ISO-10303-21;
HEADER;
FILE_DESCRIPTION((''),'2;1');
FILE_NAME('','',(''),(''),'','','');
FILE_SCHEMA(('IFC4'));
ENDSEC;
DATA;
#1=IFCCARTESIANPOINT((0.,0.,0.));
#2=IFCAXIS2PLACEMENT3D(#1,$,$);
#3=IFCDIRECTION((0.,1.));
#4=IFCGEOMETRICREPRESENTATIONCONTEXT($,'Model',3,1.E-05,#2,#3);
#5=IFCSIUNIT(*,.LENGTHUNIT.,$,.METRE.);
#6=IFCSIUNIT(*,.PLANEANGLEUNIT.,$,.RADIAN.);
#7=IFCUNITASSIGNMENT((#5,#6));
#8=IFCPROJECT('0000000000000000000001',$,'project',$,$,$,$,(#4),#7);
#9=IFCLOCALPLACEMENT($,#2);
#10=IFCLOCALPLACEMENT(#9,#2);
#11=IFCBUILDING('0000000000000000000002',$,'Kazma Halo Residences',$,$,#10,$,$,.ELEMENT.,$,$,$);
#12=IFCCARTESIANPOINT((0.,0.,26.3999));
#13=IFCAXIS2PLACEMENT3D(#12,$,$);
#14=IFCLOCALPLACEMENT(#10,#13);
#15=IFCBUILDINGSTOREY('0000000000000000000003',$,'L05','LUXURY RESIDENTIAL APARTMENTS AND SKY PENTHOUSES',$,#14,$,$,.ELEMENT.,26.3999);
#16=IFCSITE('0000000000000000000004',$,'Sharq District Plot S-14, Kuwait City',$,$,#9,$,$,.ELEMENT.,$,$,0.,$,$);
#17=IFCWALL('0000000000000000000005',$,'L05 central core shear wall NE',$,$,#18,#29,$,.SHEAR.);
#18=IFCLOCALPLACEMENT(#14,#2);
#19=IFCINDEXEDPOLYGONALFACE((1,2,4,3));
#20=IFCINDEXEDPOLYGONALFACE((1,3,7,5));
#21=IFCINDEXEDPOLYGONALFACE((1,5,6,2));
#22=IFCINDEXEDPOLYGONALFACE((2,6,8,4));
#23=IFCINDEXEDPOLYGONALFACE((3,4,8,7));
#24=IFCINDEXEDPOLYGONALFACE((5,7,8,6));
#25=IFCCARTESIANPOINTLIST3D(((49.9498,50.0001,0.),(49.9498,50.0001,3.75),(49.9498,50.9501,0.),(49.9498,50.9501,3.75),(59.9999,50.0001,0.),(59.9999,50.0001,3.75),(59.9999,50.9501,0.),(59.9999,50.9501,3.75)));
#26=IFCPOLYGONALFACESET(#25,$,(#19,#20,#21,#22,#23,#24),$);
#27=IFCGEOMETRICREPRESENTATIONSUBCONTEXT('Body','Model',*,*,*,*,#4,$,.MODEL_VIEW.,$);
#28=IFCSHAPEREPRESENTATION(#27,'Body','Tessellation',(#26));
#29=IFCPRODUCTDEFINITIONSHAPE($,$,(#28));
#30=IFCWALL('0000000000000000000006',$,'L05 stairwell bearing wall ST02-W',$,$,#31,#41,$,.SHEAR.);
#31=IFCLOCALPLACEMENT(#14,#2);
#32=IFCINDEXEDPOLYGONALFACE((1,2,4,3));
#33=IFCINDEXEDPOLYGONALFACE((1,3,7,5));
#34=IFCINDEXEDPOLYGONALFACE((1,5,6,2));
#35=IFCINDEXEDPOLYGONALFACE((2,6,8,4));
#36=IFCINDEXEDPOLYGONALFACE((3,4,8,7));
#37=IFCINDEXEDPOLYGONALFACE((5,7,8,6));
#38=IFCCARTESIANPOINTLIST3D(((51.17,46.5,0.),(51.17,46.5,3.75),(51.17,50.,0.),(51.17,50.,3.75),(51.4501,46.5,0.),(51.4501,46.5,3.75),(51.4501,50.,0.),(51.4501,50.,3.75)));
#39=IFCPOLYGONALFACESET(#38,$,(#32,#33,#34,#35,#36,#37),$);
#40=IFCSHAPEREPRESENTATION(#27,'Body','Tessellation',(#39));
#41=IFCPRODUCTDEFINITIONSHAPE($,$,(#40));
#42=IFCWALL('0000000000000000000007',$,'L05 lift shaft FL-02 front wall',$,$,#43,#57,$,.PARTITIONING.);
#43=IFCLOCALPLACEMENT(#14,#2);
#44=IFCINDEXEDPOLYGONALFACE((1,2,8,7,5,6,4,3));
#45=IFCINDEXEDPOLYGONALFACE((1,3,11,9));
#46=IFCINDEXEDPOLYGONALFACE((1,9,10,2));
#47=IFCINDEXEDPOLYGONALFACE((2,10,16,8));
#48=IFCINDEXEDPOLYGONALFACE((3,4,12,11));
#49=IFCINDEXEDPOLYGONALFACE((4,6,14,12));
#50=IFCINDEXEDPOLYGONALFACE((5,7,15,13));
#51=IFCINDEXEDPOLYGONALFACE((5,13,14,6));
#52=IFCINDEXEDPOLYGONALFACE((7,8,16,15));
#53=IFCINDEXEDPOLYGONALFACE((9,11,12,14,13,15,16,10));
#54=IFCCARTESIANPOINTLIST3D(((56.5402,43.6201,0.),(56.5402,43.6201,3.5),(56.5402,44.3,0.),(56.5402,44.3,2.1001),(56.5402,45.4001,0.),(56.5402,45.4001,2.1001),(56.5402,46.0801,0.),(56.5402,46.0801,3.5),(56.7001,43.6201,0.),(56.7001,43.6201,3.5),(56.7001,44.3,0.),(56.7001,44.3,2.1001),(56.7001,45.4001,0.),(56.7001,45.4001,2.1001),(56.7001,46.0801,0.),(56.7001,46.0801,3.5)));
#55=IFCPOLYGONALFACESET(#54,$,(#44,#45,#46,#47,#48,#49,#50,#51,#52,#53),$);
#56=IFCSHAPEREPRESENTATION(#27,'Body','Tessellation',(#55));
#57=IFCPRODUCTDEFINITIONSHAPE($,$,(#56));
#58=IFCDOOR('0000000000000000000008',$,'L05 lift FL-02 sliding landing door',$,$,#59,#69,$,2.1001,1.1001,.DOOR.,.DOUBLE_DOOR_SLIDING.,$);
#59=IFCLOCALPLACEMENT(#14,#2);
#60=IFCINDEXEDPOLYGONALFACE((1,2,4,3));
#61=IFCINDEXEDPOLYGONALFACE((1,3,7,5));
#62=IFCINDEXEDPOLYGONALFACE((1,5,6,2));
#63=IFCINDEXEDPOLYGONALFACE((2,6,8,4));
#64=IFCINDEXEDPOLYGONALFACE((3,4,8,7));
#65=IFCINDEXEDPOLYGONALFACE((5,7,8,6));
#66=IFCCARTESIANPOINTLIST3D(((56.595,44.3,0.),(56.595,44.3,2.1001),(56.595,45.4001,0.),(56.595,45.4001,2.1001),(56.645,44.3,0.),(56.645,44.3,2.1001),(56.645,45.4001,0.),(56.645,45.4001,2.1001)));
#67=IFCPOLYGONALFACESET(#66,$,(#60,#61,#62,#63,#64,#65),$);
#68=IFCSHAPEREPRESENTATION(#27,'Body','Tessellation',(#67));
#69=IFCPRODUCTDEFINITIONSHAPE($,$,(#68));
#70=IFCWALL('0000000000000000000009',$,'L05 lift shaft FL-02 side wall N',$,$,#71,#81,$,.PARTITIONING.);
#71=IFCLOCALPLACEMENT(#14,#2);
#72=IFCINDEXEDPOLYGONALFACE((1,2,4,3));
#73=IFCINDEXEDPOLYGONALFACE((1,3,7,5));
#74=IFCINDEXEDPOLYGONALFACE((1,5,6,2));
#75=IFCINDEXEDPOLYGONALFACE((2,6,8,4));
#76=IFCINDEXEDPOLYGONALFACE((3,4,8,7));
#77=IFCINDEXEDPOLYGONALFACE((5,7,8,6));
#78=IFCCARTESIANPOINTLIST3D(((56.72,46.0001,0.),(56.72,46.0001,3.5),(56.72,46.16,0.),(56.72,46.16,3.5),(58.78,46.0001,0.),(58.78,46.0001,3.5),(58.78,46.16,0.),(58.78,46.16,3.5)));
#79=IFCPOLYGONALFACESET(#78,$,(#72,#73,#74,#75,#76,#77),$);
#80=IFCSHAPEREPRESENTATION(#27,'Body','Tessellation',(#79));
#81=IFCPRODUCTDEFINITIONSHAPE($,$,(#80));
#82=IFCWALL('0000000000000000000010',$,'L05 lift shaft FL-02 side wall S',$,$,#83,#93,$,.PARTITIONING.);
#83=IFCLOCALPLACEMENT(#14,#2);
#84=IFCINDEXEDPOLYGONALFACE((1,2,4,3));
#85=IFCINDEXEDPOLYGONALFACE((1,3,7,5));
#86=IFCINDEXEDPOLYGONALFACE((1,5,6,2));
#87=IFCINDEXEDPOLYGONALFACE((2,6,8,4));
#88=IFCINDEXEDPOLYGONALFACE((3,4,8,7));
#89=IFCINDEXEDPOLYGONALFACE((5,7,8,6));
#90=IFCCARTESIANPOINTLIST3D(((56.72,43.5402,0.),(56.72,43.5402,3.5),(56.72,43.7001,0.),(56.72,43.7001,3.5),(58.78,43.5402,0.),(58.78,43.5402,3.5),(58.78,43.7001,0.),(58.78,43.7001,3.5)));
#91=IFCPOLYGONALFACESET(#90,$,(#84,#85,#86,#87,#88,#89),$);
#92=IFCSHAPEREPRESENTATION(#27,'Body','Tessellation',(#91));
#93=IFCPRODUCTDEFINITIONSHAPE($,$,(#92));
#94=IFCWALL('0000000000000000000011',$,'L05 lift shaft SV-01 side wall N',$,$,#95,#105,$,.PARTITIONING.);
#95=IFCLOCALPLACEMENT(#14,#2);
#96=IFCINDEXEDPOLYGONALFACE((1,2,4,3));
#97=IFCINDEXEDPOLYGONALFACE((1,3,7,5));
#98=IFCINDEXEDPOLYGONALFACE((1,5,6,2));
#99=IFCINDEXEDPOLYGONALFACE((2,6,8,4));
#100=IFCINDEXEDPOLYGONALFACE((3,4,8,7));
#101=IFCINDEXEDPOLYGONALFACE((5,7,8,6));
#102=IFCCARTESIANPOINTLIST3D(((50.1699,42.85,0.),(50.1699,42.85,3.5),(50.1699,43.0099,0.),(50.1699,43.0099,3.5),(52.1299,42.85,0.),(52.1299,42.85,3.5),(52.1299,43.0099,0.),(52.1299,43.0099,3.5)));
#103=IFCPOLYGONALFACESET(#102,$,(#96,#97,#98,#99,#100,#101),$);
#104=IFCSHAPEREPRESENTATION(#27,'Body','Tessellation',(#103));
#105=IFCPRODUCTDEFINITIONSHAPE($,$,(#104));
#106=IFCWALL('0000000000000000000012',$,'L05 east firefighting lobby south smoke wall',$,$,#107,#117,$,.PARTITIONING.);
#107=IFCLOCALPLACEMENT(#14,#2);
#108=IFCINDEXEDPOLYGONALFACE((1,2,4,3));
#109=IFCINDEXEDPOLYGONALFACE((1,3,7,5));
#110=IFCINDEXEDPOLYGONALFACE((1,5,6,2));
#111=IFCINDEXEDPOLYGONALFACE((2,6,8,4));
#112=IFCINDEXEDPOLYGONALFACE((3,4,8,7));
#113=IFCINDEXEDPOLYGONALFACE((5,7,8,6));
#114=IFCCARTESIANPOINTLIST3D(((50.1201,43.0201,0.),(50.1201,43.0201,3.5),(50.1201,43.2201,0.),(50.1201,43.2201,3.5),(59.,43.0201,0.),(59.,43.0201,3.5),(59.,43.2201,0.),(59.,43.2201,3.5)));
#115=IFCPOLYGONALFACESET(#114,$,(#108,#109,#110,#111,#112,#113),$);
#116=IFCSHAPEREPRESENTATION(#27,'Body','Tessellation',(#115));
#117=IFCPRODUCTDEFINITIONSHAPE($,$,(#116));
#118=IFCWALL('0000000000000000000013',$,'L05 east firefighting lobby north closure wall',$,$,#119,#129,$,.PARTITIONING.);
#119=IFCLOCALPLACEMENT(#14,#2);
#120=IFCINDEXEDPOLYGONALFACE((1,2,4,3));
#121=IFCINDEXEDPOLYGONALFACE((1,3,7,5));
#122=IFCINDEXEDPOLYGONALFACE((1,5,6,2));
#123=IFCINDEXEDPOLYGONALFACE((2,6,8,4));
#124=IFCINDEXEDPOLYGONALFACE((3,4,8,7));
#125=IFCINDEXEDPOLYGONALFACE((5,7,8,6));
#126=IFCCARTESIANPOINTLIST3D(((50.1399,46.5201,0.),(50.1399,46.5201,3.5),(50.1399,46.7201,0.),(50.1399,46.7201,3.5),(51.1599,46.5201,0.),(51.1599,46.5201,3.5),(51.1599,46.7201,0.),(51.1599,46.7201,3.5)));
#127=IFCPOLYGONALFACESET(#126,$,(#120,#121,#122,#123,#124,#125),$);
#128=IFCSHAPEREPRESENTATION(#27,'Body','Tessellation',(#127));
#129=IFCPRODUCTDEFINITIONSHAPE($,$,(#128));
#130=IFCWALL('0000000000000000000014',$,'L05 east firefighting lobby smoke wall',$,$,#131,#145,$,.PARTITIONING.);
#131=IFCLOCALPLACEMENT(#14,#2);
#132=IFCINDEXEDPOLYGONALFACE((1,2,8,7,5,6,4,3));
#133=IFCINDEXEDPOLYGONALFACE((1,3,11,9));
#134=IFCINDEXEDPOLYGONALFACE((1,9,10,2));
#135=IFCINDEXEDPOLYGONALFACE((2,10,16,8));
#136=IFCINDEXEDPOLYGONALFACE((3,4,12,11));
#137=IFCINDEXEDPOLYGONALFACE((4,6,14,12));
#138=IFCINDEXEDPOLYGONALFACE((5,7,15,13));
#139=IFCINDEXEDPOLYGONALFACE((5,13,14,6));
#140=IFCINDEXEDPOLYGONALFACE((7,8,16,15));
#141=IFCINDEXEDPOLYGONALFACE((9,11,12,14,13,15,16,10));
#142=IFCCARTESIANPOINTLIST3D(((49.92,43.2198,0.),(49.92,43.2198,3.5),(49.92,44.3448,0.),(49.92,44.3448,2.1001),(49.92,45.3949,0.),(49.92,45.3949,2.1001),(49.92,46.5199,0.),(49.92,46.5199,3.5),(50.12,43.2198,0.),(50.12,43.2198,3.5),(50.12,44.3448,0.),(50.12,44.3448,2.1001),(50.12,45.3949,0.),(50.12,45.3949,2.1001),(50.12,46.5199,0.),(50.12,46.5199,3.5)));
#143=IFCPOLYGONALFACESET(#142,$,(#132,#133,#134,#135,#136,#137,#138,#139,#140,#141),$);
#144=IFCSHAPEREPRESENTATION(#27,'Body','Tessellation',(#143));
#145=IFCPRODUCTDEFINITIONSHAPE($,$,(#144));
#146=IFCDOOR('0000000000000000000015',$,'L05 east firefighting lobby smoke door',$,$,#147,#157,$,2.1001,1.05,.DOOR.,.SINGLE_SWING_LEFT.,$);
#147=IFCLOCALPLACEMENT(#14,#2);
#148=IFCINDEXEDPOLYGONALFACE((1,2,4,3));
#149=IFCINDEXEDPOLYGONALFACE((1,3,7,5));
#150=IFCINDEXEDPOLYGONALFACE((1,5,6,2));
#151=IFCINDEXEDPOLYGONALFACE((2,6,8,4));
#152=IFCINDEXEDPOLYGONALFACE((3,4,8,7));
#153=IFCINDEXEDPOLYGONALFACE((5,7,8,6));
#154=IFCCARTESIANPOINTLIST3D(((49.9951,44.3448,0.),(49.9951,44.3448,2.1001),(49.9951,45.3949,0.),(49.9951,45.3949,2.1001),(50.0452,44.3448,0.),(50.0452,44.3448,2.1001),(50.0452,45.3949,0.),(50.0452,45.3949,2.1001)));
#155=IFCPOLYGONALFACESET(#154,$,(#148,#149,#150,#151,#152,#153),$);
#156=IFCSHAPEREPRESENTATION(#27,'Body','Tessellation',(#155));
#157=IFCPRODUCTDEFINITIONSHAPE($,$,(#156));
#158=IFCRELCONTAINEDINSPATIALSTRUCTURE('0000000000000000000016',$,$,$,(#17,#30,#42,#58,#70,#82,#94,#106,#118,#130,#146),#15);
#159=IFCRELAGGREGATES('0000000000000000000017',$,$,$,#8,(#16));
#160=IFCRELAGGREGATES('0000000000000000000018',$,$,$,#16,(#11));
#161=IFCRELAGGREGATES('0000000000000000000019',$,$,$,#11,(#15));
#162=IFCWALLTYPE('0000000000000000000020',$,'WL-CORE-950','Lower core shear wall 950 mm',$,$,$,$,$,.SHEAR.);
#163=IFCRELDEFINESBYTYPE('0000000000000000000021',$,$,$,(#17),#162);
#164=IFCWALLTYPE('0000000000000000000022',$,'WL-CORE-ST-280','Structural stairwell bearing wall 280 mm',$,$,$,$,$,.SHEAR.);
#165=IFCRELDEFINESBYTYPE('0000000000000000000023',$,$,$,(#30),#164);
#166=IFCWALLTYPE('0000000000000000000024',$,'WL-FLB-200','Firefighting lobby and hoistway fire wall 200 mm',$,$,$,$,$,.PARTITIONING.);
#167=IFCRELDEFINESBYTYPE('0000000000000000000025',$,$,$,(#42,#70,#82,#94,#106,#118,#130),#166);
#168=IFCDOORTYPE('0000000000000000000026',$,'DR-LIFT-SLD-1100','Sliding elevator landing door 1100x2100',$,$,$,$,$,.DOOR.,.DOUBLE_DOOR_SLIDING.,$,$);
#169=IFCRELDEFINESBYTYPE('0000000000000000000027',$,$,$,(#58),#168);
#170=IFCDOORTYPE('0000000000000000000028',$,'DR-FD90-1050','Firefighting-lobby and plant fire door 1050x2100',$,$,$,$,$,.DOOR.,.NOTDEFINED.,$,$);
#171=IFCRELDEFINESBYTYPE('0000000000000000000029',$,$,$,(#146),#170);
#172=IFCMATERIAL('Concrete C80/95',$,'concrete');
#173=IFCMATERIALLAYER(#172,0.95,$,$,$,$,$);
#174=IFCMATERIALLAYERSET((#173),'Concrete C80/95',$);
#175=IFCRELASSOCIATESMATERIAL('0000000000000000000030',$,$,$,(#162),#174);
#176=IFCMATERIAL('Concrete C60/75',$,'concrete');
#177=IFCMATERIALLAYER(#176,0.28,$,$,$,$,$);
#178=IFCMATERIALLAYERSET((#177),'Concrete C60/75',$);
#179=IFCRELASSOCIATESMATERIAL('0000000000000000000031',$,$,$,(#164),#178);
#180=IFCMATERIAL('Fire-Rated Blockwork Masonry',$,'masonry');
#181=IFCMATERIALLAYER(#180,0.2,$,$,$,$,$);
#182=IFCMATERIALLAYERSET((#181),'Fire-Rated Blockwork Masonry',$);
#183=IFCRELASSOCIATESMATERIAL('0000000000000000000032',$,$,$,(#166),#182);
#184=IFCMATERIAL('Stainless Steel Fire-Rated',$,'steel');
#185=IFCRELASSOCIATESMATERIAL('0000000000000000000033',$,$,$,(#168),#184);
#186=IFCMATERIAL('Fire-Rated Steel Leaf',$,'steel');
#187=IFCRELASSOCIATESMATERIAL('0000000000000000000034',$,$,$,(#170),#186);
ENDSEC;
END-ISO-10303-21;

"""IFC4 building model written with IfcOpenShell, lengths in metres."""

from ifc_helpers import new_model, si_unit, direction, frame, frame_2d, origin, place, context, subcontext, project, spatial, rectangle, extrude, material, layer, layer_set, type_object, element, fill, save


model = new_model("IFC4")

# Units and contexts
model_context = context("Model", 3, precision=1e-05, world=origin(), true_north=direction((0.0, 1.0)))
body_context = subcontext(model_context, "Body", "Model", "MODEL_VIEW")
ifc_project = project(units=[si_unit("LENGTHUNIT", "METRE"), si_unit("PLANEANGLEUNIT", "RADIAN")], contexts=[model_context])

# Site, building, storey
site_placement = place(None, origin())
site = spatial("IfcSite", under=ifc_project, at=site_placement, Name="Sharq District Plot S-14, Kuwait City", CompositionType="ELEMENT", RefElevation=0.0)
building_placement = place(site_placement, origin())
building = spatial("IfcBuilding", under=site, at=building_placement, Name="Kazma Halo Residences", CompositionType="ELEMENT")
storey_placement = place(building_placement, frame((0.0, 0.0, 26.3999)))
storey = spatial("IfcBuildingStorey", under=building, at=storey_placement, Name="L05", Description="LUXURY RESIDENTIAL APARTMENTS AND SKY PENTHOUSES", CompositionType="ELEMENT", Elevation=26.3999)

# Walls
ifc_material_1 = material(Name="Concrete C80/95", Category="concrete")
ifc_layer_1 = layer(ifc_material_1, 0.95)
ifc_layer_set_1 = layer_set([ifc_layer_1], Name="Concrete C80/95")
wall_type_1 = type_object("IfcWallType", Name="WL-CORE-950", Description="Lower core shear wall 950 mm", PredefinedType="SHEAR", material=ifc_layer_set_1)
wall_1_placement = place(storey_placement, frame((49.95, 50.4751, 0.0), z_axis=(0.0, 0.0, 1.0), x_axis=(1.0, 0.0, 0.0)))
element("IfcWall", 1, at=wall_1_placement, inside=storey, type_object=wall_type_1, Name="L05 central core shear wall NE", PredefinedType="SHEAR", context=body_context, shape_type="SweptSolid", body=[
    extrude(rectangle(XDim=10.05, YDim=0.95, at=frame_2d((5.0249, 0.0))), origin(), (0.0, 0.0, 1.0), 3.75),
])
ifc_material_2 = material(Name="Concrete C60/75", Category="concrete")
ifc_layer_2 = layer(ifc_material_2, 0.28)
ifc_layer_set_2 = layer_set([ifc_layer_2], Name="Concrete C60/75")
wall_type_2 = type_object("IfcWallType", Name="WL-CORE-ST-280", Description="Structural stairwell bearing wall 280 mm", PredefinedType="SHEAR", material=ifc_layer_set_2)
wall_2_placement = place(storey_placement, frame((51.3101, 46.5, 0.0), z_axis=(0.0, 0.0, 1.0), x_axis=(0.0, 1.0, 0.0)))
element("IfcWall", 2, at=wall_2_placement, inside=storey, type_object=wall_type_2, Name="L05 stairwell bearing wall ST02-W", PredefinedType="SHEAR", context=body_context, shape_type="SweptSolid", body=[
    extrude(rectangle(XDim=3.5, YDim=0.28, at=frame_2d((1.75, 0.0))), origin(), (0.0, 0.0, 1.0), 3.75),
])

# Wall, opening, door
ifc_material_3 = material(Name="Fire-Rated Blockwork Masonry", Category="masonry")
ifc_layer_3 = layer(ifc_material_3, 0.2)
ifc_layer_set_3 = layer_set([ifc_layer_3], Name="Fire-Rated Blockwork Masonry")
wall_type_3 = type_object("IfcWallType", Name="WL-FLB-200", Description="Firefighting lobby and hoistway fire wall 200 mm", PredefinedType="PARTITIONING", material=ifc_layer_set_3)
wall_3_placement = place(storey_placement, frame((56.6201, 46.0801, 0.0), z_axis=(0.0, 0.0, 1.0), x_axis=(0.0, -1.0, 0.0)))
wall_3 = element("IfcWall", 3, at=wall_3_placement, inside=storey, type_object=wall_type_3, Name="L05 lift shaft FL-02 front wall", PredefinedType="PARTITIONING", context=body_context, shape_type="SweptSolid", body=[
    extrude(rectangle(XDim=2.46, YDim=0.1599, at=frame_2d((1.23, 0.0))), origin(), (0.0, 0.0, 1.0), 3.5),
])
opening_1_placement = place(wall_3_placement, frame((0.6799, 0.0, 0.0)))
opening_1 = element("IfcOpeningElement", 4, at=opening_1_placement, cuts=wall_3, PredefinedType="OPENING", context=body_context, shape_type="SweptSolid", body=[
    extrude(rectangle(XDim=1.1001, YDim=2.1001, at=frame_2d((0.55, 1.05))), frame((0.0, 0.0898, 0.0), z_axis=(0.0, -1.0, 0.0), x_axis=(1.0, 0.0, 0.0)), (0.0, 0.0, 1.0), 0.1799),
])
ifc_material_4 = material(Name="Stainless Steel Fire-Rated", Category="steel")
door_type_1 = type_object("IfcDoorType", Name="DR-LIFT-SLD-1100", Description="Sliding elevator landing door 1100x2100", OperationType="DOUBLE_DOOR_SLIDING", PredefinedType="DOOR", material=ifc_material_4)
door_1_placement = place(opening_1_placement, origin())
door_1 = element("IfcDoor", 5, at=door_1_placement, inside=storey, type_object=door_type_1, Name="L05 lift FL-02 sliding landing door", OperationType="DOUBLE_DOOR_SLIDING", OverallHeight=2.1001, OverallWidth=1.1001, PredefinedType="DOOR", context=body_context, shape_type="SweptSolid", body=[
    extrude(rectangle(XDim=1.1001, YDim=2.1001, at=frame_2d((0.55, 1.05))), frame((0.0, 0.0249, 0.0), z_axis=(0.0, -1.0, 0.0), x_axis=(1.0, 0.0, 0.0)), (0.0, 0.0, 1.0), 0.05),
])
fill(opening_1, door_1)

# Walls
for number, where, z_axis, x_axis, name in (
    (6, (56.72, 46.0801, 0.0), (0.0, 0.0, 1.0), (1.0, 0.0, 0.0), "L05 lift shaft FL-02 side wall N"),
    (7, (56.72, 43.6201, 0.0), (0.0, 0.0, 1.0), (1.0, 0.0, 0.0), "L05 lift shaft FL-02 side wall S"),
):
    element("IfcWall", number, at=place(storey_placement, frame(where, z_axis=z_axis, x_axis=x_axis)), inside=storey, type_object=wall_type_3, Name=name, PredefinedType="PARTITIONING", context=body_context, shape_type="SweptSolid", body=[
        extrude(rectangle(XDim=2.0601, YDim=0.1599, at=frame_2d((1.03, 0.0))), origin(), (0.0, 0.0, 1.0), 3.5),
    ])
wall_4_placement = place(storey_placement, frame((50.1699, 42.9299, 0.0), z_axis=(0.0, 0.0, 1.0), x_axis=(1.0, 0.0, 0.0)))
element("IfcWall", 8, at=wall_4_placement, inside=storey, type_object=wall_type_3, Name="L05 lift shaft SV-01 side wall N", PredefinedType="PARTITIONING", context=body_context, shape_type="SweptSolid", body=[
    extrude(rectangle(XDim=1.96, YDim=0.1599, at=frame_2d((0.98, 0.0))), origin(), (0.0, 0.0, 1.0), 3.5),
])
wall_5_placement = place(storey_placement, frame((50.1201, 43.1201, 0.0), z_axis=(0.0, 0.0, 1.0), x_axis=(1.0, 0.0, 0.0)))
element("IfcWall", 9, at=wall_5_placement, inside=storey, type_object=wall_type_3, Name="L05 east firefighting lobby south smoke wall", PredefinedType="PARTITIONING", context=body_context, shape_type="SweptSolid", body=[
    extrude(rectangle(XDim=8.8799, YDim=0.2, at=frame_2d((4.4399, 0.0))), origin(), (0.0, 0.0, 1.0), 3.5),
])
wall_6_placement = place(storey_placement, frame((50.1399, 46.6201, 0.0), z_axis=(0.0, 0.0, 1.0), x_axis=(1.0, 0.0, 0.0)))
element("IfcWall", 10, at=wall_6_placement, inside=storey, type_object=wall_type_3, Name="L05 east firefighting lobby north closure wall", PredefinedType="PARTITIONING", context=body_context, shape_type="SweptSolid", body=[
    extrude(rectangle(XDim=1.02, YDim=0.2, at=frame_2d((0.51, 0.0))), origin(), (0.0, 0.0, 1.0), 3.5),
])

# Wall, opening, door
wall_7_placement = place(storey_placement, frame((50.02, 43.22, 0.0), z_axis=(0.0, 0.0, 1.0), x_axis=(0.0, 1.0, 0.0)))
wall_7 = element("IfcWall", 11, at=wall_7_placement, inside=storey, type_object=wall_type_3, Name="L05 east firefighting lobby smoke wall", PredefinedType="PARTITIONING", context=body_context, shape_type="SweptSolid", body=[
    extrude(rectangle(XDim=3.3, YDim=0.2, at=frame_2d((1.6499, 0.0))), origin(), (0.0, 0.0, 1.0), 3.5),
])
opening_2_placement = place(wall_7_placement, frame((1.125, 0.0, 0.0)))
opening_2 = element("IfcOpeningElement", 12, at=opening_2_placement, cuts=wall_7, PredefinedType="OPENING", context=body_context, shape_type="SweptSolid", body=[
    extrude(rectangle(XDim=1.05, YDim=2.1001, at=frame_2d((0.5249, 1.05))), frame((0.0, 0.1099, 0.0), z_axis=(0.0, -1.0, 0.0), x_axis=(1.0, 0.0, 0.0)), (0.0, 0.0, 1.0), 0.22),
])
ifc_material_5 = material(Name="Fire-Rated Steel Leaf", Category="steel")
door_type_2 = type_object("IfcDoorType", Name="DR-FD90-1050", Description="Firefighting-lobby and plant fire door 1050x2100", OperationType="NOTDEFINED", PredefinedType="DOOR", material=ifc_material_5)
door_2_placement = place(opening_2_placement, origin())
door_2 = element("IfcDoor", 13, at=door_2_placement, inside=storey, type_object=door_type_2, Name="L05 east firefighting lobby smoke door", OperationType="SINGLE_SWING_LEFT", OverallHeight=2.1001, OverallWidth=1.05, PredefinedType="DOOR", context=body_context, shape_type="SweptSolid", body=[
    extrude(rectangle(XDim=1.05, YDim=2.1001, at=frame_2d((0.5249, 1.05))), frame((0.0, 0.0249, 0.0), z_axis=(0.0, -1.0, 0.0), x_axis=(1.0, 0.0, 0.0)), (0.0, 0.0, 1.0), 0.05),
])
fill(opening_2, door_2)

save(model, "model.ifc")
